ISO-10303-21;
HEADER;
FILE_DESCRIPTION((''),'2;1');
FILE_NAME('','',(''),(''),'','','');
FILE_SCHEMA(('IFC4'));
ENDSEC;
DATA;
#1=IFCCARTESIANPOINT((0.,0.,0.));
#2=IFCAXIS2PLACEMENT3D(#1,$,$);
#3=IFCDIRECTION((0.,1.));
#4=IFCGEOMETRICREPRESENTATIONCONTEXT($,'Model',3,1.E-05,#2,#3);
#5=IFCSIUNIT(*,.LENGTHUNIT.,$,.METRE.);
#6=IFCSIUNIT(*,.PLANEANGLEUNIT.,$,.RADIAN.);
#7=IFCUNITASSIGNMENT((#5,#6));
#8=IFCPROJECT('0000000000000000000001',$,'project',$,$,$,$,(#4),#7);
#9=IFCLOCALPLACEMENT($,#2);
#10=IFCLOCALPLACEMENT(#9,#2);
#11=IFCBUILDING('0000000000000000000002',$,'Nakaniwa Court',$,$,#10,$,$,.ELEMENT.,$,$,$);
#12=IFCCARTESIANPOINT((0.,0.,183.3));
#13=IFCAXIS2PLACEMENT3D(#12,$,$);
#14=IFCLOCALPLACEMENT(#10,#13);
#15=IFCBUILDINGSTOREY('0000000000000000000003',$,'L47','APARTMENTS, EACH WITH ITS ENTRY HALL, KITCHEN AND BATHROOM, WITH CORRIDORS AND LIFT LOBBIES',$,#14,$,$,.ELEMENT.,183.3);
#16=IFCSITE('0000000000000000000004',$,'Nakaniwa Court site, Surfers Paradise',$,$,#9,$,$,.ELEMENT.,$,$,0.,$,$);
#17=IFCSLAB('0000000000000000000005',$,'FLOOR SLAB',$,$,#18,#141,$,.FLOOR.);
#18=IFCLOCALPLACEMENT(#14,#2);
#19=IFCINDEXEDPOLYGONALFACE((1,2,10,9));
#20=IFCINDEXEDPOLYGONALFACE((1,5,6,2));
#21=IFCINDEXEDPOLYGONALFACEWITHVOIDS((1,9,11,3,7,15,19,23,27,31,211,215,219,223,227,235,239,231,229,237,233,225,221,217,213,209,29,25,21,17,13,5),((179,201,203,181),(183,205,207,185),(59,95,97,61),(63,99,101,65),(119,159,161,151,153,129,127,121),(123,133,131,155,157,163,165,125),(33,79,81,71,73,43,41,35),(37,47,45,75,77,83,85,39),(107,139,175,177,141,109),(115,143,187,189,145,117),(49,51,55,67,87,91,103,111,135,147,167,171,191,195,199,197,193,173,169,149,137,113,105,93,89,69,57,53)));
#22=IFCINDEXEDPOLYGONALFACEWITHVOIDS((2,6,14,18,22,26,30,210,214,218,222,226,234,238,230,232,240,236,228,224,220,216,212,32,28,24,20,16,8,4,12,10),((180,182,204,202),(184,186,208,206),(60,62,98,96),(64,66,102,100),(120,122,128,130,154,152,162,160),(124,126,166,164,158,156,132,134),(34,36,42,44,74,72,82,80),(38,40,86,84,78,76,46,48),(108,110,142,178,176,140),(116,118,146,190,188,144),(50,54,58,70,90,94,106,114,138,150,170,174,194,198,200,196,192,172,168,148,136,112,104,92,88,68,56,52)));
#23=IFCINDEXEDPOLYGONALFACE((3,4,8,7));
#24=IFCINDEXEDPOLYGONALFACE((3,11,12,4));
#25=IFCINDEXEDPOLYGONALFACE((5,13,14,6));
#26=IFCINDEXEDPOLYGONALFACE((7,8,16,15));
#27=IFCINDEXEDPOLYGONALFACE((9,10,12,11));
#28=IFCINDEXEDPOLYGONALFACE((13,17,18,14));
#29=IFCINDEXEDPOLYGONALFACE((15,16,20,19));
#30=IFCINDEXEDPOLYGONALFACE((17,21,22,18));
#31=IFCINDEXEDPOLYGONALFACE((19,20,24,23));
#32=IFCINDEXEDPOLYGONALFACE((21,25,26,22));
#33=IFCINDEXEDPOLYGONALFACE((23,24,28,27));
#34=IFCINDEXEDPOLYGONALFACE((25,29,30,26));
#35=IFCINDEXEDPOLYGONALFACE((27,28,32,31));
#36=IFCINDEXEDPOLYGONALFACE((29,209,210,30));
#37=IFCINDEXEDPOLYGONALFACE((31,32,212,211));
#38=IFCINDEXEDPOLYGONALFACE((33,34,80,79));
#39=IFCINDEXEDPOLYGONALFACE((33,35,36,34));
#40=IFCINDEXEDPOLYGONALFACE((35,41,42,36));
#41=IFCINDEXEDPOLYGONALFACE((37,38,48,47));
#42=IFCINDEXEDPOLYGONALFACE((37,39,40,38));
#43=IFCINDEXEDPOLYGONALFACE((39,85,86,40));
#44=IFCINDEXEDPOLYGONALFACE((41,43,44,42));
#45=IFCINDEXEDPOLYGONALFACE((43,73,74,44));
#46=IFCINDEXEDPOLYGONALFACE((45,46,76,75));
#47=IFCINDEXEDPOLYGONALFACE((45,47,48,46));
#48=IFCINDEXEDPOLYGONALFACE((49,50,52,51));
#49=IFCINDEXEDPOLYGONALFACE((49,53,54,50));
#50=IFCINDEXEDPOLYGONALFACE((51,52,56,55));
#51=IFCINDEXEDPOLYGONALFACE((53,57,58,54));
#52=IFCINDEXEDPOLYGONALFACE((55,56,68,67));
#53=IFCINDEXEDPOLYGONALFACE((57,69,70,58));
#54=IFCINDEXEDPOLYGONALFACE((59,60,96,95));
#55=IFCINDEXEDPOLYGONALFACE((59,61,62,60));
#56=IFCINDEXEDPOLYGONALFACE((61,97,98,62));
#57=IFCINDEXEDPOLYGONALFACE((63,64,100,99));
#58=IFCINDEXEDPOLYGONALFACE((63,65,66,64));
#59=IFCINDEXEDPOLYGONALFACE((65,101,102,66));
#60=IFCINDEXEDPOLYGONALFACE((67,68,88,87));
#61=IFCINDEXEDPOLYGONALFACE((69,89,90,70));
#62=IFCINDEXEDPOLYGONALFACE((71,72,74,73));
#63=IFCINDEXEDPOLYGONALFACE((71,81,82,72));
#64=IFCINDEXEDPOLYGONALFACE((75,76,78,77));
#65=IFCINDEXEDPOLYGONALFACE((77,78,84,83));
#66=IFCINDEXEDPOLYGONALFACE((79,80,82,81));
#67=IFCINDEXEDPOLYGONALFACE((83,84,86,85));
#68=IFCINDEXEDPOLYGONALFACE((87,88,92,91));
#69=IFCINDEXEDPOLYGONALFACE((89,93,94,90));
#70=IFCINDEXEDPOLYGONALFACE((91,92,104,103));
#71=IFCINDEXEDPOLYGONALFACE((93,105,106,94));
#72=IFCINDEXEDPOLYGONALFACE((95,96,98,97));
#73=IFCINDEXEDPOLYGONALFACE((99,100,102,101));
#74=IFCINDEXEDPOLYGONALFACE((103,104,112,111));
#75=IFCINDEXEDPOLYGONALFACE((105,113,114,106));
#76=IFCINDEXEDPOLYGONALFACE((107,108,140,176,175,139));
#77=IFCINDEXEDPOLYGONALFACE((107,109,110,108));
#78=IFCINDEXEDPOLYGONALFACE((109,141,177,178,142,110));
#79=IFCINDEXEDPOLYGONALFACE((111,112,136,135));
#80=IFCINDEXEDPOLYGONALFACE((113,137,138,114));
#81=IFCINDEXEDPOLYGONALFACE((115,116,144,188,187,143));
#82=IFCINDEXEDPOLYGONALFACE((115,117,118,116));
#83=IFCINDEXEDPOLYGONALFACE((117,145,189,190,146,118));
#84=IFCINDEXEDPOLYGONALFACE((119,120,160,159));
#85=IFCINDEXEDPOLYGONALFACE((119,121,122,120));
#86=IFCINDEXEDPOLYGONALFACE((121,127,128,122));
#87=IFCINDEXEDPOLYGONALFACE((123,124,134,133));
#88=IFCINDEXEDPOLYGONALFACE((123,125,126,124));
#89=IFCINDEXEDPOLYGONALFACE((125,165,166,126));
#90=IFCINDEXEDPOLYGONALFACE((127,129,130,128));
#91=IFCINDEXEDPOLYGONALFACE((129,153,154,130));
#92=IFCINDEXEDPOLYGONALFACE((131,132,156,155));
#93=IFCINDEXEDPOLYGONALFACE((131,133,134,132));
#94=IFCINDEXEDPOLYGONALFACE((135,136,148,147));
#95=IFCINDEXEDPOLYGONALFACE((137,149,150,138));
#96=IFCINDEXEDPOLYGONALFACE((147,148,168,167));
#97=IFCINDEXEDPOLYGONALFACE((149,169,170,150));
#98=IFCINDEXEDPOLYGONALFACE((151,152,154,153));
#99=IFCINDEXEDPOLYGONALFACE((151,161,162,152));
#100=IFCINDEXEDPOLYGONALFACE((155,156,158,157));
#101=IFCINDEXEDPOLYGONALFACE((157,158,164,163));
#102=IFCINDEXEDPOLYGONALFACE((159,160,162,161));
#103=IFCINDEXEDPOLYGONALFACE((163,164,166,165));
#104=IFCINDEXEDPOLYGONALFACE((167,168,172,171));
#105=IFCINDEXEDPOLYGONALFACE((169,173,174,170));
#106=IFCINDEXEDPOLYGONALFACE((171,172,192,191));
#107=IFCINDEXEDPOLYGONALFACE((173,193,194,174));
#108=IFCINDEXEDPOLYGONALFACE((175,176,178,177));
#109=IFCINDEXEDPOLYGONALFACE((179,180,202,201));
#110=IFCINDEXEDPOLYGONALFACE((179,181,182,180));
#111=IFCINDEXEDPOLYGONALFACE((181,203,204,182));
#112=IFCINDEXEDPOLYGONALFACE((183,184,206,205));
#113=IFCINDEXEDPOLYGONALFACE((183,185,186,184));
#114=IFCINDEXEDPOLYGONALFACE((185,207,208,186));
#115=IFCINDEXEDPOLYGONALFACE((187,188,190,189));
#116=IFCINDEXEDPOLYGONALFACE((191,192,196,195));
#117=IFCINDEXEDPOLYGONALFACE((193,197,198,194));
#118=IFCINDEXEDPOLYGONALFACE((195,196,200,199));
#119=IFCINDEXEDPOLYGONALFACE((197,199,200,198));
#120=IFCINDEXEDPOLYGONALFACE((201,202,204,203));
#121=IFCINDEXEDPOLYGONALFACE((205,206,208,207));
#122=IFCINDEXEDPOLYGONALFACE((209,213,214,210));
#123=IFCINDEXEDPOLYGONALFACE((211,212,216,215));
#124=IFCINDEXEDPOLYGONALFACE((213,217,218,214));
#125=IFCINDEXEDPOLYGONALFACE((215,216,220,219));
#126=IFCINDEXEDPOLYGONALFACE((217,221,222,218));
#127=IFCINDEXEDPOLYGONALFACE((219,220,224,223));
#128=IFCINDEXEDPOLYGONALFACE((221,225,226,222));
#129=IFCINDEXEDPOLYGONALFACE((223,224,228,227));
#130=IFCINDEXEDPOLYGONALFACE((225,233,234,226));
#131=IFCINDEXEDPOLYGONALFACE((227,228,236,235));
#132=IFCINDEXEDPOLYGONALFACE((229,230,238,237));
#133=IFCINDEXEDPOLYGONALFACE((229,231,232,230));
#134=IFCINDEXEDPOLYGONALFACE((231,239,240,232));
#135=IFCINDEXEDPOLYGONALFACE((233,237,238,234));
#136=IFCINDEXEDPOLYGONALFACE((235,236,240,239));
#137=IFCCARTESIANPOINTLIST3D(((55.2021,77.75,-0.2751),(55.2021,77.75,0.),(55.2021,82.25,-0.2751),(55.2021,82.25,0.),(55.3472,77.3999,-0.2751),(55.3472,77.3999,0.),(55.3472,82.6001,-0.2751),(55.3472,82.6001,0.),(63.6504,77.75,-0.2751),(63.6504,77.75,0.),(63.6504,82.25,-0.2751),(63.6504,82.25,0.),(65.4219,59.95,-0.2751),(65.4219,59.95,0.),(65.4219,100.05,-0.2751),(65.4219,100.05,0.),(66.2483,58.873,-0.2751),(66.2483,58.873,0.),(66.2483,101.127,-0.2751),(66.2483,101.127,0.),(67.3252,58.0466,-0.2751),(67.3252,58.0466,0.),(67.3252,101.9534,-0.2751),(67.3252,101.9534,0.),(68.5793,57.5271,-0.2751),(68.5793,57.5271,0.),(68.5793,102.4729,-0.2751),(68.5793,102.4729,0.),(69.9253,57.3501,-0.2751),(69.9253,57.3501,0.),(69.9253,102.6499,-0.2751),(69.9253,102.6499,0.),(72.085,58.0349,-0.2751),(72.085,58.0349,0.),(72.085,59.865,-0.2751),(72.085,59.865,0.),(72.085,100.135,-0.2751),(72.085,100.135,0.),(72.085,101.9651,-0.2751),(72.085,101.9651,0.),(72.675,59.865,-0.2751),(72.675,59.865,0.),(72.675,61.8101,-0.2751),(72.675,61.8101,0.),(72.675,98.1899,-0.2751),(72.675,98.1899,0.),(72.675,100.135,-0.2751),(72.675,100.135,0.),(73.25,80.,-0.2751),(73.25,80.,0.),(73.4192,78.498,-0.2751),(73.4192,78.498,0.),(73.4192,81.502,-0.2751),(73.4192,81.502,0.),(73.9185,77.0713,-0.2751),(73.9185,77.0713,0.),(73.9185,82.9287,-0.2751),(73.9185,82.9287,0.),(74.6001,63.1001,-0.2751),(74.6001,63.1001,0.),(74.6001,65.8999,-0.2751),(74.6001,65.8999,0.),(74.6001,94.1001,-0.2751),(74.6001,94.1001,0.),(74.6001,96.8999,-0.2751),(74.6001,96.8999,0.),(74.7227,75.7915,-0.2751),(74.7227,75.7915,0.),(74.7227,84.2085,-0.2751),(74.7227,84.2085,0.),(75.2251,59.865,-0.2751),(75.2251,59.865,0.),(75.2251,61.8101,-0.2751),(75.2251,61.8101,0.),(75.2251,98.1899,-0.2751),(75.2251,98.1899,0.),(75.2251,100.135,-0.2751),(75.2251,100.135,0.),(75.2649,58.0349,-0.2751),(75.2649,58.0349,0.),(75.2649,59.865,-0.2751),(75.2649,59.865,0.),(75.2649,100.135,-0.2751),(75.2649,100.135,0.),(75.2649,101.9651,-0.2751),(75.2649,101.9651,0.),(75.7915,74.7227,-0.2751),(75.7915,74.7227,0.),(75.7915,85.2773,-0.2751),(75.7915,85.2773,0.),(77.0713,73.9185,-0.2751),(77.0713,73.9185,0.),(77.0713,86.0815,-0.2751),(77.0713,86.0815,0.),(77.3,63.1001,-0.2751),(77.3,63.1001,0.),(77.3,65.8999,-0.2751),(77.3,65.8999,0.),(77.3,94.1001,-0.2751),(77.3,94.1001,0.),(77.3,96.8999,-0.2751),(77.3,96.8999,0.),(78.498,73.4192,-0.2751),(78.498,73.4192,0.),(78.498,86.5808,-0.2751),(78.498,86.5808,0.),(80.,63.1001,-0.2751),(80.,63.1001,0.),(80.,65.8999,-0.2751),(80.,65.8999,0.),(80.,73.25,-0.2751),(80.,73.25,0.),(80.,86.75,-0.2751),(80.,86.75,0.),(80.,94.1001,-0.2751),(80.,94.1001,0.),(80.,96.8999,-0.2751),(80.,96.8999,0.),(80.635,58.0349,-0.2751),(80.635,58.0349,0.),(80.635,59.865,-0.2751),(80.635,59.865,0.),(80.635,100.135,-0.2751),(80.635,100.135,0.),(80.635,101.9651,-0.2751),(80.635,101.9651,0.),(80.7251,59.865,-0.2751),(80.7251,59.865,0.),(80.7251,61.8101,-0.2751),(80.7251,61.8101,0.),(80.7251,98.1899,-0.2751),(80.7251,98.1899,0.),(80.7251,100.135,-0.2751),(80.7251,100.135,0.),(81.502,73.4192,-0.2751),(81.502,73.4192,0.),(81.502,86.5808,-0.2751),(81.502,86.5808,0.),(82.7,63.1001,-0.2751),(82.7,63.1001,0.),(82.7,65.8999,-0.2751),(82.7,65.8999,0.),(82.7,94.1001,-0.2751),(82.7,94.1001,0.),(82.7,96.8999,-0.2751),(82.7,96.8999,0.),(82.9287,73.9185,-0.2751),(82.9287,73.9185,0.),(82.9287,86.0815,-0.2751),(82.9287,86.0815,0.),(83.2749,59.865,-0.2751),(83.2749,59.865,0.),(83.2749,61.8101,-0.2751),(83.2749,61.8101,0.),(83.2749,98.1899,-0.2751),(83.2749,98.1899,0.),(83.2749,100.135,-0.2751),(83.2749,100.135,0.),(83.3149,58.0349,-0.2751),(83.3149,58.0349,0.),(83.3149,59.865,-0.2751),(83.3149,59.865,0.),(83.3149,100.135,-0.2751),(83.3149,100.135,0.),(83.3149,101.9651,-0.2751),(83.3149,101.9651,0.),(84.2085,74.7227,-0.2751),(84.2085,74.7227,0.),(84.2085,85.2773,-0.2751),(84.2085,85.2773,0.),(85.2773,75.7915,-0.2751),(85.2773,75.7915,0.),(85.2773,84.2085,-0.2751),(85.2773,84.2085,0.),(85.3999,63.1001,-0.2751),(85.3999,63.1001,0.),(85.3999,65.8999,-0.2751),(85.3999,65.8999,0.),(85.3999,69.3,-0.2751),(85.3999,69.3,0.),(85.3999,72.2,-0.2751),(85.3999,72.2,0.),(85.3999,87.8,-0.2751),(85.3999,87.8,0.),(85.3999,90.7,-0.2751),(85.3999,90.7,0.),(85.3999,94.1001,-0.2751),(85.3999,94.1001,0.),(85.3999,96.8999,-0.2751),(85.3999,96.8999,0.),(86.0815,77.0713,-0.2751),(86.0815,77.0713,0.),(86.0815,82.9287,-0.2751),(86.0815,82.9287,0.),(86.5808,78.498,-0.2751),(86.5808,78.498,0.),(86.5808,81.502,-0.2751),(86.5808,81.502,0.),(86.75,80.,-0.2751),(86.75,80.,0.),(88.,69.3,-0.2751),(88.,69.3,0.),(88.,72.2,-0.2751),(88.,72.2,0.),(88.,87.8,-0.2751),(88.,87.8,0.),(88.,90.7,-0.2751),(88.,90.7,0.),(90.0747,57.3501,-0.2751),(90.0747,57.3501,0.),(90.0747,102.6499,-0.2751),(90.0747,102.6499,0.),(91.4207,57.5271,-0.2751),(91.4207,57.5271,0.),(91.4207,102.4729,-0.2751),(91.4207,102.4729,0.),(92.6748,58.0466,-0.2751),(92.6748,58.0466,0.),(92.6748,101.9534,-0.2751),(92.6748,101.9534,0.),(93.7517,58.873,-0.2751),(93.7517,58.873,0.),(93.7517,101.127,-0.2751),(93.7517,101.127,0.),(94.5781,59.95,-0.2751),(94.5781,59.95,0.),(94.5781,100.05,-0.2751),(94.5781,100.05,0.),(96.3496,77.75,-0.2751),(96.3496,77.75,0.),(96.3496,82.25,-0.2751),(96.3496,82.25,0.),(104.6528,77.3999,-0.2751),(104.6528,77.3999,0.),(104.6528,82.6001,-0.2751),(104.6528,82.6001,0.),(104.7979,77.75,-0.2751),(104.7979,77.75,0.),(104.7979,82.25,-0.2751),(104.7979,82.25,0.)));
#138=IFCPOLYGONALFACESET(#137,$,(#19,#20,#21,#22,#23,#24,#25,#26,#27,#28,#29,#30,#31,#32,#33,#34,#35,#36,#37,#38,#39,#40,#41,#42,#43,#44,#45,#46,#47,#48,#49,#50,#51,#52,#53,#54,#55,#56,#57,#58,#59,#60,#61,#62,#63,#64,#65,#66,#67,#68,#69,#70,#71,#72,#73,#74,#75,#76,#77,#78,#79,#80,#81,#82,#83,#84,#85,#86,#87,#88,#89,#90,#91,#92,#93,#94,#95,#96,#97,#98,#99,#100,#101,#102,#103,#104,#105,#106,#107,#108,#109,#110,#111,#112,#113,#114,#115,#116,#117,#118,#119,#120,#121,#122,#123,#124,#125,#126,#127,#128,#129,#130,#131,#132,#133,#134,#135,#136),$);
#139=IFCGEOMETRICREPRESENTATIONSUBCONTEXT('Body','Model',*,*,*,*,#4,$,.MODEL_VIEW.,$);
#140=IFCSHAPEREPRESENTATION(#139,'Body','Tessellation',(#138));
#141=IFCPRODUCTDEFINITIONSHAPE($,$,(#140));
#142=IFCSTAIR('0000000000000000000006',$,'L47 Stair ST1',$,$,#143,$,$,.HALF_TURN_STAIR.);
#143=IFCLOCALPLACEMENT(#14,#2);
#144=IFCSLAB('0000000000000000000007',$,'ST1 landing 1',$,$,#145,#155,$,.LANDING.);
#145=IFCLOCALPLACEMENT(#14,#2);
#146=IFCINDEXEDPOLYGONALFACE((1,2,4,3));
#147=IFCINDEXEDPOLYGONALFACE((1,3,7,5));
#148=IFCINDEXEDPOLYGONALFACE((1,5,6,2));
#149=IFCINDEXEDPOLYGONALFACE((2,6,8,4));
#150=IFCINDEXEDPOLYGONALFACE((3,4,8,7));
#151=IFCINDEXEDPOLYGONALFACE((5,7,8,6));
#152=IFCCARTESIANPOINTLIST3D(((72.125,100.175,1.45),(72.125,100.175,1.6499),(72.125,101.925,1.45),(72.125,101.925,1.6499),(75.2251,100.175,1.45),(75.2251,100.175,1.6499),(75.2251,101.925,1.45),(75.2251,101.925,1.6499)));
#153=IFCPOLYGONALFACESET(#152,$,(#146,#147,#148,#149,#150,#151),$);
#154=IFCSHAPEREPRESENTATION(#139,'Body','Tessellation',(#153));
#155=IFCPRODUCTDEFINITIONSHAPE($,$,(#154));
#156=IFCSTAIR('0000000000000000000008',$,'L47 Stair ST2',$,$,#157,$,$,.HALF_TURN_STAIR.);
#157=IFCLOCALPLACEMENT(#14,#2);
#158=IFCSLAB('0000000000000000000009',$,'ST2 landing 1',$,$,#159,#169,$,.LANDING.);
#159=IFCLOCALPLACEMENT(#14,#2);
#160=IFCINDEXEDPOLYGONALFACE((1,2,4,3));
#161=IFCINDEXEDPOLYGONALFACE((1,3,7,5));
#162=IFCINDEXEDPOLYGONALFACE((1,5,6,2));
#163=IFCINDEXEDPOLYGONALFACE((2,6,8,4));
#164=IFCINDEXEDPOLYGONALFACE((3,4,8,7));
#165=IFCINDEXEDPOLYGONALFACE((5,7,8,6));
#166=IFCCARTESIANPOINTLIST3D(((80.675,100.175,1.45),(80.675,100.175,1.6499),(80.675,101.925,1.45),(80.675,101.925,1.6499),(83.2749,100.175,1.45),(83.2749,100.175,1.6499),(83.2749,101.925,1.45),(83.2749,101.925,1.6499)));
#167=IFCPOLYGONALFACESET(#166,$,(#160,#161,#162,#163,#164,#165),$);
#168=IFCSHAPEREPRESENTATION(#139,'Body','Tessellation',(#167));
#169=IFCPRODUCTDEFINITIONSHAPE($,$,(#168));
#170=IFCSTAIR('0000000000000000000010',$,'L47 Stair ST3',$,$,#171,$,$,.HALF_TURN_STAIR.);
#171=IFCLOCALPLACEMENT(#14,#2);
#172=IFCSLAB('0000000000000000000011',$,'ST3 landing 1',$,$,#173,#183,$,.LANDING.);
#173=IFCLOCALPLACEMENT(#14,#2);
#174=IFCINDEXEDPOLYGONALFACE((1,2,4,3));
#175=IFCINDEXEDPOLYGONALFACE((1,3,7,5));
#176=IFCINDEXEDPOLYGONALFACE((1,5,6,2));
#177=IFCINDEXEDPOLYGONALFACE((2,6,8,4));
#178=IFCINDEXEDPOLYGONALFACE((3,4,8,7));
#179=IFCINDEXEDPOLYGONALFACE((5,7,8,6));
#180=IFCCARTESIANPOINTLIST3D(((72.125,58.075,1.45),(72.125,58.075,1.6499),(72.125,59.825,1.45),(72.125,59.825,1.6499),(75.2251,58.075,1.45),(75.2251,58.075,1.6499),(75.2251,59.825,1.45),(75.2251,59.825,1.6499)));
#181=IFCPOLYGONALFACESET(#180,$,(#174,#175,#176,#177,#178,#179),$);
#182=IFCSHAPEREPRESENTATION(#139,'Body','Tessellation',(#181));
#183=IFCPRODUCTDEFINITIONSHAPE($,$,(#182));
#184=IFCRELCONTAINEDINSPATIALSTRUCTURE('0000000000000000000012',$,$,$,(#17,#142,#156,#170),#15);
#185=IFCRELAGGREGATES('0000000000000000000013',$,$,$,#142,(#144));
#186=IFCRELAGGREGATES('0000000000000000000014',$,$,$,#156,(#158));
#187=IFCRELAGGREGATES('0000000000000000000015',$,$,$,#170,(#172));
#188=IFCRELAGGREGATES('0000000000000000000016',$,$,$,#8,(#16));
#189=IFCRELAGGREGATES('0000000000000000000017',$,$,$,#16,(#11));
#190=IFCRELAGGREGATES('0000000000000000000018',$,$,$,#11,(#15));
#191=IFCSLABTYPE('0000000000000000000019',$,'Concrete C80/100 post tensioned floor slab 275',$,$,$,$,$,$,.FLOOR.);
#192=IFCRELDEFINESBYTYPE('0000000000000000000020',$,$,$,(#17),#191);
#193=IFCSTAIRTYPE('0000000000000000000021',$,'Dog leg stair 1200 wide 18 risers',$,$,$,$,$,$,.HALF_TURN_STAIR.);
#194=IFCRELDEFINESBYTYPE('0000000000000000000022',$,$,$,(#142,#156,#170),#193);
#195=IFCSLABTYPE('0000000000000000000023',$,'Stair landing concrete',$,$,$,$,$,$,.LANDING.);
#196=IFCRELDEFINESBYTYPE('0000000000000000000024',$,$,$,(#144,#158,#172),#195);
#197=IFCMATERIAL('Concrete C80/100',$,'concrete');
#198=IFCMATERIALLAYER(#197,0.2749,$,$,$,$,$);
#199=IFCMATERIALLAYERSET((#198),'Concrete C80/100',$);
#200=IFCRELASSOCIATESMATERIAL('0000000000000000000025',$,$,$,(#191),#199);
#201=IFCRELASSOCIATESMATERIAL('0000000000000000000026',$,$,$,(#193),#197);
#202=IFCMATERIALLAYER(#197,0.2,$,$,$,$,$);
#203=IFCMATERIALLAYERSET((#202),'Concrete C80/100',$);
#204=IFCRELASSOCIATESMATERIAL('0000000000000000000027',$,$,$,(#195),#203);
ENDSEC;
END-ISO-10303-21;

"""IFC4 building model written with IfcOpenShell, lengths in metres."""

from ifc_helpers import new_model, si_unit, direction, frame, origin, place, context, subcontext, project, spatial, polyline, outline, extrude, material, layer, layer_set, type_object, element, aggregate, save


model = new_model("IFC4")

# Units and contexts
model_context = context("Model", 3, precision=1e-05, world=origin(), true_north=direction((0.0, 1.0)))
body_context = subcontext(model_context, "Body", "Model", "MODEL_VIEW")
ifc_project = project(units=[si_unit("LENGTHUNIT", "METRE"), si_unit("PLANEANGLEUNIT", "RADIAN")], contexts=[model_context])

# Site, building, storey
site_placement = place(None, origin())
site = spatial("IfcSite", under=ifc_project, at=site_placement, Name="Nakaniwa Court site, Surfers Paradise", CompositionType="ELEMENT", RefElevation=0.0)
building_placement = place(site_placement, origin())
building = spatial("IfcBuilding", under=site, at=building_placement, Name="Nakaniwa Court", CompositionType="ELEMENT")
storey_placement = place(building_placement, frame((0.0, 0.0, 183.3)))
storey = spatial("IfcBuildingStorey", under=building, at=storey_placement, Name="L47", Description="APARTMENTS, EACH WITH ITS ENTRY HALL, KITCHEN AND BATHROOM, WITH CORRIDORS AND LIFT LOBBIES", CompositionType="ELEMENT", Elevation=183.3)

# Shared definitions
ifc_material_1 = material(Name="Concrete C80/100", Category="concrete")

# Slab
ifc_layer_1 = layer(ifc_material_1, 0.2749)
ifc_layer_set_1 = layer_set([ifc_layer_1], Name="Concrete C80/100")
slab_type_1 = type_object("IfcSlabType", Name="Concrete C80/100 post tensioned floor slab 275", PredefinedType="FLOOR", material=ifc_layer_set_1)
slab_1_placement = place(storey_placement, frame((0.0, 0.0, -0.2751)))
element("IfcSlab", 1, at=slab_1_placement, inside=storey, type_object=slab_type_1, Name="FLOOR SLAB", PredefinedType="FLOOR", context=body_context, shape_type="SweptSolid", body=[
    extrude(outline(polyline([(96.3496, 82.25), (104.7979, 82.25), (104.6528, 82.6001), (94.5781, 100.05), (93.7517, 101.127), (92.6748, 101.9534), (91.4207, 102.4729), (90.0747, 102.6499), (69.9253, 102.6499), (68.5793, 102.4729), (67.3252, 101.9534), (66.2483, 101.127), (65.4219, 100.05), (55.3472, 82.6001), (55.2021, 82.25), (63.6504, 82.25), (63.6504, 77.75), (55.2021, 77.75), (55.3472, 77.3999), (65.4219, 59.95), (66.2483, 58.873), (67.3252, 58.0466), (68.5793, 57.5271), (69.9253, 57.3501), (90.0747, 57.3501), (91.4207, 57.5271), (92.6748, 58.0466), (93.7517, 58.873), (94.5781, 59.95), (104.6528, 77.3999), (104.7979, 77.75), (96.3496, 77.75), (96.3496, 82.25)]), holes=[polyline([(81.502, 86.5808), (80.0, 86.75), (78.498, 86.5808), (77.0713, 86.0815), (75.7915, 85.2773), (74.7227, 84.2085), (73.9185, 82.9287), (73.4192, 81.502), (73.25, 80.0), (73.4192, 78.498), (73.9185, 77.0713), (74.7227, 75.7915), (75.7915, 74.7227), (77.0713, 73.9185), (78.498, 73.4192), (80.0, 73.25), (81.502, 73.4192), (82.9287, 73.9185), (84.2085, 74.7227), (85.2773, 75.7915), (86.0815, 77.0713), (86.5808, 78.498), (86.75, 80.0), (86.5808, 81.502), (86.0815, 82.9287), (85.2773, 84.2085), (84.2085, 85.2773), (82.9287, 86.0815), (81.502, 86.5808)]), polyline([(72.675, 61.8101), (72.675, 59.865), (72.085, 59.865), (72.085, 58.0349), (75.2649, 58.0349), (75.2649, 59.865), (75.2251, 59.865), (75.2251, 61.8101), (72.675, 61.8101)]), polyline([(77.3, 65.8999), (74.6001, 65.8999), (74.6001, 63.1001), (77.3, 63.1001), (77.3, 65.8999)]), polyline([(80.0, 65.8999), (80.0, 63.1001), (82.7, 63.1001), (85.3999, 63.1001), (85.3999, 65.8999), (82.7, 65.8999), (80.0, 65.8999)]), polyline([(77.3, 96.8999), (74.6001, 96.8999), (74.6001, 94.1001), (77.3, 94.1001), (77.3, 96.8999)]), polyline([(80.0, 96.8999), (80.0, 94.1001), (82.7, 94.1001), (85.3999, 94.1001), (85.3999, 96.8999), (82.7, 96.8999), (80.0, 96.8999)]), polyline([(75.2649, 100.135), (75.2649, 101.9651), (72.085, 101.9651), (72.085, 100.135), (72.675, 100.135), (72.675, 98.1899), (75.2251, 98.1899), (75.2251, 100.135), (75.2649, 100.135)]), polyline([(83.2749, 61.8101), (80.7251, 61.8101), (80.7251, 59.865), (80.635, 59.865), (80.635, 58.0349), (83.3149, 58.0349), (83.3149, 59.865), (83.2749, 59.865), (83.2749, 61.8101)]), polyline([(88.0, 72.2), (85.3999, 72.2), (85.3999, 69.3), (88.0, 69.3), (88.0, 72.2)]), polyline([(88.0, 90.7), (85.3999, 90.7), (85.3999, 87.8), (88.0, 87.8), (88.0, 90.7)]), polyline([(83.3149, 100.135), (83.3149, 101.9651), (80.635, 101.9651), (80.635, 100.135), (80.7251, 100.135), (80.7251, 98.1899), (83.2749, 98.1899), (83.2749, 100.135), (83.3149, 100.135)])]), origin(), (0.0, 0.0, 1.0), 0.2751),
])

# Stairs, slabs
stair_type = type_object("IfcStairType", Name="Dog leg stair 1200 wide 18 risers", PredefinedType="HALF_TURN_STAIR", material=ifc_material_1)
stair_1_placement = place(storey_placement, origin())
stair_1 = element("IfcStair", 2, at=stair_1_placement, inside=storey, type_object=stair_type, Name="L47 Stair ST1", PredefinedType="HALF_TURN_STAIR")
ifc_layer_2 = layer(ifc_material_1, 0.2)
ifc_layer_set_2 = layer_set([ifc_layer_2], Name="Concrete C80/100")
slab_type_2 = type_object("IfcSlabType", Name="Stair landing concrete", PredefinedType="LANDING", material=ifc_layer_set_2)
slab_2_placement = place(storey_placement, frame((0.0, 0.0, 1.45)))
slab_2 = element("IfcSlab", 3, at=slab_2_placement, type_object=slab_type_2, Name="ST1 landing 1", PredefinedType="LANDING", context=body_context, shape_type="SweptSolid", body=[
    extrude(outline(polyline([(75.2251, 100.175), (75.2251, 101.925), (72.125, 101.925), (72.125, 100.175), (75.2251, 100.175)])), origin(), (0.0, 0.0, 1.0), 0.2),
])
aggregate(stair_1, [slab_2])
stair_2_placement = place(storey_placement, origin())
stair_2 = element("IfcStair", 4, at=stair_2_placement, inside=storey, type_object=stair_type, Name="L47 Stair ST2", PredefinedType="HALF_TURN_STAIR")
slab_3_placement = place(storey_placement, frame((0.0, 0.0, 1.45)))
slab_3 = element("IfcSlab", 5, at=slab_3_placement, type_object=slab_type_2, Name="ST2 landing 1", PredefinedType="LANDING", context=body_context, shape_type="SweptSolid", body=[
    extrude(outline(polyline([(83.2749, 100.175), (83.2749, 101.925), (80.675, 101.925), (80.675, 100.175), (83.2749, 100.175)])), origin(), (0.0, 0.0, 1.0), 0.2),
])
aggregate(stair_2, [slab_3])
stair_3_placement = place(storey_placement, origin())
stair_3 = element("IfcStair", 6, at=stair_3_placement, inside=storey, type_object=stair_type, Name="L47 Stair ST3", PredefinedType="HALF_TURN_STAIR")
slab_4_placement = place(storey_placement, frame((0.0, 0.0, 1.45)))
slab_4 = element("IfcSlab", 7, at=slab_4_placement, type_object=slab_type_2, Name="ST3 landing 1", PredefinedType="LANDING", context=body_context, shape_type="SweptSolid", body=[
    extrude(outline(polyline([(75.2251, 58.075), (75.2251, 59.825), (72.125, 59.825), (72.125, 58.075), (75.2251, 58.075)])), origin(), (0.0, 0.0, 1.0), 0.2),
])
aggregate(stair_3, [slab_4])

save(model, "model.ifc")
